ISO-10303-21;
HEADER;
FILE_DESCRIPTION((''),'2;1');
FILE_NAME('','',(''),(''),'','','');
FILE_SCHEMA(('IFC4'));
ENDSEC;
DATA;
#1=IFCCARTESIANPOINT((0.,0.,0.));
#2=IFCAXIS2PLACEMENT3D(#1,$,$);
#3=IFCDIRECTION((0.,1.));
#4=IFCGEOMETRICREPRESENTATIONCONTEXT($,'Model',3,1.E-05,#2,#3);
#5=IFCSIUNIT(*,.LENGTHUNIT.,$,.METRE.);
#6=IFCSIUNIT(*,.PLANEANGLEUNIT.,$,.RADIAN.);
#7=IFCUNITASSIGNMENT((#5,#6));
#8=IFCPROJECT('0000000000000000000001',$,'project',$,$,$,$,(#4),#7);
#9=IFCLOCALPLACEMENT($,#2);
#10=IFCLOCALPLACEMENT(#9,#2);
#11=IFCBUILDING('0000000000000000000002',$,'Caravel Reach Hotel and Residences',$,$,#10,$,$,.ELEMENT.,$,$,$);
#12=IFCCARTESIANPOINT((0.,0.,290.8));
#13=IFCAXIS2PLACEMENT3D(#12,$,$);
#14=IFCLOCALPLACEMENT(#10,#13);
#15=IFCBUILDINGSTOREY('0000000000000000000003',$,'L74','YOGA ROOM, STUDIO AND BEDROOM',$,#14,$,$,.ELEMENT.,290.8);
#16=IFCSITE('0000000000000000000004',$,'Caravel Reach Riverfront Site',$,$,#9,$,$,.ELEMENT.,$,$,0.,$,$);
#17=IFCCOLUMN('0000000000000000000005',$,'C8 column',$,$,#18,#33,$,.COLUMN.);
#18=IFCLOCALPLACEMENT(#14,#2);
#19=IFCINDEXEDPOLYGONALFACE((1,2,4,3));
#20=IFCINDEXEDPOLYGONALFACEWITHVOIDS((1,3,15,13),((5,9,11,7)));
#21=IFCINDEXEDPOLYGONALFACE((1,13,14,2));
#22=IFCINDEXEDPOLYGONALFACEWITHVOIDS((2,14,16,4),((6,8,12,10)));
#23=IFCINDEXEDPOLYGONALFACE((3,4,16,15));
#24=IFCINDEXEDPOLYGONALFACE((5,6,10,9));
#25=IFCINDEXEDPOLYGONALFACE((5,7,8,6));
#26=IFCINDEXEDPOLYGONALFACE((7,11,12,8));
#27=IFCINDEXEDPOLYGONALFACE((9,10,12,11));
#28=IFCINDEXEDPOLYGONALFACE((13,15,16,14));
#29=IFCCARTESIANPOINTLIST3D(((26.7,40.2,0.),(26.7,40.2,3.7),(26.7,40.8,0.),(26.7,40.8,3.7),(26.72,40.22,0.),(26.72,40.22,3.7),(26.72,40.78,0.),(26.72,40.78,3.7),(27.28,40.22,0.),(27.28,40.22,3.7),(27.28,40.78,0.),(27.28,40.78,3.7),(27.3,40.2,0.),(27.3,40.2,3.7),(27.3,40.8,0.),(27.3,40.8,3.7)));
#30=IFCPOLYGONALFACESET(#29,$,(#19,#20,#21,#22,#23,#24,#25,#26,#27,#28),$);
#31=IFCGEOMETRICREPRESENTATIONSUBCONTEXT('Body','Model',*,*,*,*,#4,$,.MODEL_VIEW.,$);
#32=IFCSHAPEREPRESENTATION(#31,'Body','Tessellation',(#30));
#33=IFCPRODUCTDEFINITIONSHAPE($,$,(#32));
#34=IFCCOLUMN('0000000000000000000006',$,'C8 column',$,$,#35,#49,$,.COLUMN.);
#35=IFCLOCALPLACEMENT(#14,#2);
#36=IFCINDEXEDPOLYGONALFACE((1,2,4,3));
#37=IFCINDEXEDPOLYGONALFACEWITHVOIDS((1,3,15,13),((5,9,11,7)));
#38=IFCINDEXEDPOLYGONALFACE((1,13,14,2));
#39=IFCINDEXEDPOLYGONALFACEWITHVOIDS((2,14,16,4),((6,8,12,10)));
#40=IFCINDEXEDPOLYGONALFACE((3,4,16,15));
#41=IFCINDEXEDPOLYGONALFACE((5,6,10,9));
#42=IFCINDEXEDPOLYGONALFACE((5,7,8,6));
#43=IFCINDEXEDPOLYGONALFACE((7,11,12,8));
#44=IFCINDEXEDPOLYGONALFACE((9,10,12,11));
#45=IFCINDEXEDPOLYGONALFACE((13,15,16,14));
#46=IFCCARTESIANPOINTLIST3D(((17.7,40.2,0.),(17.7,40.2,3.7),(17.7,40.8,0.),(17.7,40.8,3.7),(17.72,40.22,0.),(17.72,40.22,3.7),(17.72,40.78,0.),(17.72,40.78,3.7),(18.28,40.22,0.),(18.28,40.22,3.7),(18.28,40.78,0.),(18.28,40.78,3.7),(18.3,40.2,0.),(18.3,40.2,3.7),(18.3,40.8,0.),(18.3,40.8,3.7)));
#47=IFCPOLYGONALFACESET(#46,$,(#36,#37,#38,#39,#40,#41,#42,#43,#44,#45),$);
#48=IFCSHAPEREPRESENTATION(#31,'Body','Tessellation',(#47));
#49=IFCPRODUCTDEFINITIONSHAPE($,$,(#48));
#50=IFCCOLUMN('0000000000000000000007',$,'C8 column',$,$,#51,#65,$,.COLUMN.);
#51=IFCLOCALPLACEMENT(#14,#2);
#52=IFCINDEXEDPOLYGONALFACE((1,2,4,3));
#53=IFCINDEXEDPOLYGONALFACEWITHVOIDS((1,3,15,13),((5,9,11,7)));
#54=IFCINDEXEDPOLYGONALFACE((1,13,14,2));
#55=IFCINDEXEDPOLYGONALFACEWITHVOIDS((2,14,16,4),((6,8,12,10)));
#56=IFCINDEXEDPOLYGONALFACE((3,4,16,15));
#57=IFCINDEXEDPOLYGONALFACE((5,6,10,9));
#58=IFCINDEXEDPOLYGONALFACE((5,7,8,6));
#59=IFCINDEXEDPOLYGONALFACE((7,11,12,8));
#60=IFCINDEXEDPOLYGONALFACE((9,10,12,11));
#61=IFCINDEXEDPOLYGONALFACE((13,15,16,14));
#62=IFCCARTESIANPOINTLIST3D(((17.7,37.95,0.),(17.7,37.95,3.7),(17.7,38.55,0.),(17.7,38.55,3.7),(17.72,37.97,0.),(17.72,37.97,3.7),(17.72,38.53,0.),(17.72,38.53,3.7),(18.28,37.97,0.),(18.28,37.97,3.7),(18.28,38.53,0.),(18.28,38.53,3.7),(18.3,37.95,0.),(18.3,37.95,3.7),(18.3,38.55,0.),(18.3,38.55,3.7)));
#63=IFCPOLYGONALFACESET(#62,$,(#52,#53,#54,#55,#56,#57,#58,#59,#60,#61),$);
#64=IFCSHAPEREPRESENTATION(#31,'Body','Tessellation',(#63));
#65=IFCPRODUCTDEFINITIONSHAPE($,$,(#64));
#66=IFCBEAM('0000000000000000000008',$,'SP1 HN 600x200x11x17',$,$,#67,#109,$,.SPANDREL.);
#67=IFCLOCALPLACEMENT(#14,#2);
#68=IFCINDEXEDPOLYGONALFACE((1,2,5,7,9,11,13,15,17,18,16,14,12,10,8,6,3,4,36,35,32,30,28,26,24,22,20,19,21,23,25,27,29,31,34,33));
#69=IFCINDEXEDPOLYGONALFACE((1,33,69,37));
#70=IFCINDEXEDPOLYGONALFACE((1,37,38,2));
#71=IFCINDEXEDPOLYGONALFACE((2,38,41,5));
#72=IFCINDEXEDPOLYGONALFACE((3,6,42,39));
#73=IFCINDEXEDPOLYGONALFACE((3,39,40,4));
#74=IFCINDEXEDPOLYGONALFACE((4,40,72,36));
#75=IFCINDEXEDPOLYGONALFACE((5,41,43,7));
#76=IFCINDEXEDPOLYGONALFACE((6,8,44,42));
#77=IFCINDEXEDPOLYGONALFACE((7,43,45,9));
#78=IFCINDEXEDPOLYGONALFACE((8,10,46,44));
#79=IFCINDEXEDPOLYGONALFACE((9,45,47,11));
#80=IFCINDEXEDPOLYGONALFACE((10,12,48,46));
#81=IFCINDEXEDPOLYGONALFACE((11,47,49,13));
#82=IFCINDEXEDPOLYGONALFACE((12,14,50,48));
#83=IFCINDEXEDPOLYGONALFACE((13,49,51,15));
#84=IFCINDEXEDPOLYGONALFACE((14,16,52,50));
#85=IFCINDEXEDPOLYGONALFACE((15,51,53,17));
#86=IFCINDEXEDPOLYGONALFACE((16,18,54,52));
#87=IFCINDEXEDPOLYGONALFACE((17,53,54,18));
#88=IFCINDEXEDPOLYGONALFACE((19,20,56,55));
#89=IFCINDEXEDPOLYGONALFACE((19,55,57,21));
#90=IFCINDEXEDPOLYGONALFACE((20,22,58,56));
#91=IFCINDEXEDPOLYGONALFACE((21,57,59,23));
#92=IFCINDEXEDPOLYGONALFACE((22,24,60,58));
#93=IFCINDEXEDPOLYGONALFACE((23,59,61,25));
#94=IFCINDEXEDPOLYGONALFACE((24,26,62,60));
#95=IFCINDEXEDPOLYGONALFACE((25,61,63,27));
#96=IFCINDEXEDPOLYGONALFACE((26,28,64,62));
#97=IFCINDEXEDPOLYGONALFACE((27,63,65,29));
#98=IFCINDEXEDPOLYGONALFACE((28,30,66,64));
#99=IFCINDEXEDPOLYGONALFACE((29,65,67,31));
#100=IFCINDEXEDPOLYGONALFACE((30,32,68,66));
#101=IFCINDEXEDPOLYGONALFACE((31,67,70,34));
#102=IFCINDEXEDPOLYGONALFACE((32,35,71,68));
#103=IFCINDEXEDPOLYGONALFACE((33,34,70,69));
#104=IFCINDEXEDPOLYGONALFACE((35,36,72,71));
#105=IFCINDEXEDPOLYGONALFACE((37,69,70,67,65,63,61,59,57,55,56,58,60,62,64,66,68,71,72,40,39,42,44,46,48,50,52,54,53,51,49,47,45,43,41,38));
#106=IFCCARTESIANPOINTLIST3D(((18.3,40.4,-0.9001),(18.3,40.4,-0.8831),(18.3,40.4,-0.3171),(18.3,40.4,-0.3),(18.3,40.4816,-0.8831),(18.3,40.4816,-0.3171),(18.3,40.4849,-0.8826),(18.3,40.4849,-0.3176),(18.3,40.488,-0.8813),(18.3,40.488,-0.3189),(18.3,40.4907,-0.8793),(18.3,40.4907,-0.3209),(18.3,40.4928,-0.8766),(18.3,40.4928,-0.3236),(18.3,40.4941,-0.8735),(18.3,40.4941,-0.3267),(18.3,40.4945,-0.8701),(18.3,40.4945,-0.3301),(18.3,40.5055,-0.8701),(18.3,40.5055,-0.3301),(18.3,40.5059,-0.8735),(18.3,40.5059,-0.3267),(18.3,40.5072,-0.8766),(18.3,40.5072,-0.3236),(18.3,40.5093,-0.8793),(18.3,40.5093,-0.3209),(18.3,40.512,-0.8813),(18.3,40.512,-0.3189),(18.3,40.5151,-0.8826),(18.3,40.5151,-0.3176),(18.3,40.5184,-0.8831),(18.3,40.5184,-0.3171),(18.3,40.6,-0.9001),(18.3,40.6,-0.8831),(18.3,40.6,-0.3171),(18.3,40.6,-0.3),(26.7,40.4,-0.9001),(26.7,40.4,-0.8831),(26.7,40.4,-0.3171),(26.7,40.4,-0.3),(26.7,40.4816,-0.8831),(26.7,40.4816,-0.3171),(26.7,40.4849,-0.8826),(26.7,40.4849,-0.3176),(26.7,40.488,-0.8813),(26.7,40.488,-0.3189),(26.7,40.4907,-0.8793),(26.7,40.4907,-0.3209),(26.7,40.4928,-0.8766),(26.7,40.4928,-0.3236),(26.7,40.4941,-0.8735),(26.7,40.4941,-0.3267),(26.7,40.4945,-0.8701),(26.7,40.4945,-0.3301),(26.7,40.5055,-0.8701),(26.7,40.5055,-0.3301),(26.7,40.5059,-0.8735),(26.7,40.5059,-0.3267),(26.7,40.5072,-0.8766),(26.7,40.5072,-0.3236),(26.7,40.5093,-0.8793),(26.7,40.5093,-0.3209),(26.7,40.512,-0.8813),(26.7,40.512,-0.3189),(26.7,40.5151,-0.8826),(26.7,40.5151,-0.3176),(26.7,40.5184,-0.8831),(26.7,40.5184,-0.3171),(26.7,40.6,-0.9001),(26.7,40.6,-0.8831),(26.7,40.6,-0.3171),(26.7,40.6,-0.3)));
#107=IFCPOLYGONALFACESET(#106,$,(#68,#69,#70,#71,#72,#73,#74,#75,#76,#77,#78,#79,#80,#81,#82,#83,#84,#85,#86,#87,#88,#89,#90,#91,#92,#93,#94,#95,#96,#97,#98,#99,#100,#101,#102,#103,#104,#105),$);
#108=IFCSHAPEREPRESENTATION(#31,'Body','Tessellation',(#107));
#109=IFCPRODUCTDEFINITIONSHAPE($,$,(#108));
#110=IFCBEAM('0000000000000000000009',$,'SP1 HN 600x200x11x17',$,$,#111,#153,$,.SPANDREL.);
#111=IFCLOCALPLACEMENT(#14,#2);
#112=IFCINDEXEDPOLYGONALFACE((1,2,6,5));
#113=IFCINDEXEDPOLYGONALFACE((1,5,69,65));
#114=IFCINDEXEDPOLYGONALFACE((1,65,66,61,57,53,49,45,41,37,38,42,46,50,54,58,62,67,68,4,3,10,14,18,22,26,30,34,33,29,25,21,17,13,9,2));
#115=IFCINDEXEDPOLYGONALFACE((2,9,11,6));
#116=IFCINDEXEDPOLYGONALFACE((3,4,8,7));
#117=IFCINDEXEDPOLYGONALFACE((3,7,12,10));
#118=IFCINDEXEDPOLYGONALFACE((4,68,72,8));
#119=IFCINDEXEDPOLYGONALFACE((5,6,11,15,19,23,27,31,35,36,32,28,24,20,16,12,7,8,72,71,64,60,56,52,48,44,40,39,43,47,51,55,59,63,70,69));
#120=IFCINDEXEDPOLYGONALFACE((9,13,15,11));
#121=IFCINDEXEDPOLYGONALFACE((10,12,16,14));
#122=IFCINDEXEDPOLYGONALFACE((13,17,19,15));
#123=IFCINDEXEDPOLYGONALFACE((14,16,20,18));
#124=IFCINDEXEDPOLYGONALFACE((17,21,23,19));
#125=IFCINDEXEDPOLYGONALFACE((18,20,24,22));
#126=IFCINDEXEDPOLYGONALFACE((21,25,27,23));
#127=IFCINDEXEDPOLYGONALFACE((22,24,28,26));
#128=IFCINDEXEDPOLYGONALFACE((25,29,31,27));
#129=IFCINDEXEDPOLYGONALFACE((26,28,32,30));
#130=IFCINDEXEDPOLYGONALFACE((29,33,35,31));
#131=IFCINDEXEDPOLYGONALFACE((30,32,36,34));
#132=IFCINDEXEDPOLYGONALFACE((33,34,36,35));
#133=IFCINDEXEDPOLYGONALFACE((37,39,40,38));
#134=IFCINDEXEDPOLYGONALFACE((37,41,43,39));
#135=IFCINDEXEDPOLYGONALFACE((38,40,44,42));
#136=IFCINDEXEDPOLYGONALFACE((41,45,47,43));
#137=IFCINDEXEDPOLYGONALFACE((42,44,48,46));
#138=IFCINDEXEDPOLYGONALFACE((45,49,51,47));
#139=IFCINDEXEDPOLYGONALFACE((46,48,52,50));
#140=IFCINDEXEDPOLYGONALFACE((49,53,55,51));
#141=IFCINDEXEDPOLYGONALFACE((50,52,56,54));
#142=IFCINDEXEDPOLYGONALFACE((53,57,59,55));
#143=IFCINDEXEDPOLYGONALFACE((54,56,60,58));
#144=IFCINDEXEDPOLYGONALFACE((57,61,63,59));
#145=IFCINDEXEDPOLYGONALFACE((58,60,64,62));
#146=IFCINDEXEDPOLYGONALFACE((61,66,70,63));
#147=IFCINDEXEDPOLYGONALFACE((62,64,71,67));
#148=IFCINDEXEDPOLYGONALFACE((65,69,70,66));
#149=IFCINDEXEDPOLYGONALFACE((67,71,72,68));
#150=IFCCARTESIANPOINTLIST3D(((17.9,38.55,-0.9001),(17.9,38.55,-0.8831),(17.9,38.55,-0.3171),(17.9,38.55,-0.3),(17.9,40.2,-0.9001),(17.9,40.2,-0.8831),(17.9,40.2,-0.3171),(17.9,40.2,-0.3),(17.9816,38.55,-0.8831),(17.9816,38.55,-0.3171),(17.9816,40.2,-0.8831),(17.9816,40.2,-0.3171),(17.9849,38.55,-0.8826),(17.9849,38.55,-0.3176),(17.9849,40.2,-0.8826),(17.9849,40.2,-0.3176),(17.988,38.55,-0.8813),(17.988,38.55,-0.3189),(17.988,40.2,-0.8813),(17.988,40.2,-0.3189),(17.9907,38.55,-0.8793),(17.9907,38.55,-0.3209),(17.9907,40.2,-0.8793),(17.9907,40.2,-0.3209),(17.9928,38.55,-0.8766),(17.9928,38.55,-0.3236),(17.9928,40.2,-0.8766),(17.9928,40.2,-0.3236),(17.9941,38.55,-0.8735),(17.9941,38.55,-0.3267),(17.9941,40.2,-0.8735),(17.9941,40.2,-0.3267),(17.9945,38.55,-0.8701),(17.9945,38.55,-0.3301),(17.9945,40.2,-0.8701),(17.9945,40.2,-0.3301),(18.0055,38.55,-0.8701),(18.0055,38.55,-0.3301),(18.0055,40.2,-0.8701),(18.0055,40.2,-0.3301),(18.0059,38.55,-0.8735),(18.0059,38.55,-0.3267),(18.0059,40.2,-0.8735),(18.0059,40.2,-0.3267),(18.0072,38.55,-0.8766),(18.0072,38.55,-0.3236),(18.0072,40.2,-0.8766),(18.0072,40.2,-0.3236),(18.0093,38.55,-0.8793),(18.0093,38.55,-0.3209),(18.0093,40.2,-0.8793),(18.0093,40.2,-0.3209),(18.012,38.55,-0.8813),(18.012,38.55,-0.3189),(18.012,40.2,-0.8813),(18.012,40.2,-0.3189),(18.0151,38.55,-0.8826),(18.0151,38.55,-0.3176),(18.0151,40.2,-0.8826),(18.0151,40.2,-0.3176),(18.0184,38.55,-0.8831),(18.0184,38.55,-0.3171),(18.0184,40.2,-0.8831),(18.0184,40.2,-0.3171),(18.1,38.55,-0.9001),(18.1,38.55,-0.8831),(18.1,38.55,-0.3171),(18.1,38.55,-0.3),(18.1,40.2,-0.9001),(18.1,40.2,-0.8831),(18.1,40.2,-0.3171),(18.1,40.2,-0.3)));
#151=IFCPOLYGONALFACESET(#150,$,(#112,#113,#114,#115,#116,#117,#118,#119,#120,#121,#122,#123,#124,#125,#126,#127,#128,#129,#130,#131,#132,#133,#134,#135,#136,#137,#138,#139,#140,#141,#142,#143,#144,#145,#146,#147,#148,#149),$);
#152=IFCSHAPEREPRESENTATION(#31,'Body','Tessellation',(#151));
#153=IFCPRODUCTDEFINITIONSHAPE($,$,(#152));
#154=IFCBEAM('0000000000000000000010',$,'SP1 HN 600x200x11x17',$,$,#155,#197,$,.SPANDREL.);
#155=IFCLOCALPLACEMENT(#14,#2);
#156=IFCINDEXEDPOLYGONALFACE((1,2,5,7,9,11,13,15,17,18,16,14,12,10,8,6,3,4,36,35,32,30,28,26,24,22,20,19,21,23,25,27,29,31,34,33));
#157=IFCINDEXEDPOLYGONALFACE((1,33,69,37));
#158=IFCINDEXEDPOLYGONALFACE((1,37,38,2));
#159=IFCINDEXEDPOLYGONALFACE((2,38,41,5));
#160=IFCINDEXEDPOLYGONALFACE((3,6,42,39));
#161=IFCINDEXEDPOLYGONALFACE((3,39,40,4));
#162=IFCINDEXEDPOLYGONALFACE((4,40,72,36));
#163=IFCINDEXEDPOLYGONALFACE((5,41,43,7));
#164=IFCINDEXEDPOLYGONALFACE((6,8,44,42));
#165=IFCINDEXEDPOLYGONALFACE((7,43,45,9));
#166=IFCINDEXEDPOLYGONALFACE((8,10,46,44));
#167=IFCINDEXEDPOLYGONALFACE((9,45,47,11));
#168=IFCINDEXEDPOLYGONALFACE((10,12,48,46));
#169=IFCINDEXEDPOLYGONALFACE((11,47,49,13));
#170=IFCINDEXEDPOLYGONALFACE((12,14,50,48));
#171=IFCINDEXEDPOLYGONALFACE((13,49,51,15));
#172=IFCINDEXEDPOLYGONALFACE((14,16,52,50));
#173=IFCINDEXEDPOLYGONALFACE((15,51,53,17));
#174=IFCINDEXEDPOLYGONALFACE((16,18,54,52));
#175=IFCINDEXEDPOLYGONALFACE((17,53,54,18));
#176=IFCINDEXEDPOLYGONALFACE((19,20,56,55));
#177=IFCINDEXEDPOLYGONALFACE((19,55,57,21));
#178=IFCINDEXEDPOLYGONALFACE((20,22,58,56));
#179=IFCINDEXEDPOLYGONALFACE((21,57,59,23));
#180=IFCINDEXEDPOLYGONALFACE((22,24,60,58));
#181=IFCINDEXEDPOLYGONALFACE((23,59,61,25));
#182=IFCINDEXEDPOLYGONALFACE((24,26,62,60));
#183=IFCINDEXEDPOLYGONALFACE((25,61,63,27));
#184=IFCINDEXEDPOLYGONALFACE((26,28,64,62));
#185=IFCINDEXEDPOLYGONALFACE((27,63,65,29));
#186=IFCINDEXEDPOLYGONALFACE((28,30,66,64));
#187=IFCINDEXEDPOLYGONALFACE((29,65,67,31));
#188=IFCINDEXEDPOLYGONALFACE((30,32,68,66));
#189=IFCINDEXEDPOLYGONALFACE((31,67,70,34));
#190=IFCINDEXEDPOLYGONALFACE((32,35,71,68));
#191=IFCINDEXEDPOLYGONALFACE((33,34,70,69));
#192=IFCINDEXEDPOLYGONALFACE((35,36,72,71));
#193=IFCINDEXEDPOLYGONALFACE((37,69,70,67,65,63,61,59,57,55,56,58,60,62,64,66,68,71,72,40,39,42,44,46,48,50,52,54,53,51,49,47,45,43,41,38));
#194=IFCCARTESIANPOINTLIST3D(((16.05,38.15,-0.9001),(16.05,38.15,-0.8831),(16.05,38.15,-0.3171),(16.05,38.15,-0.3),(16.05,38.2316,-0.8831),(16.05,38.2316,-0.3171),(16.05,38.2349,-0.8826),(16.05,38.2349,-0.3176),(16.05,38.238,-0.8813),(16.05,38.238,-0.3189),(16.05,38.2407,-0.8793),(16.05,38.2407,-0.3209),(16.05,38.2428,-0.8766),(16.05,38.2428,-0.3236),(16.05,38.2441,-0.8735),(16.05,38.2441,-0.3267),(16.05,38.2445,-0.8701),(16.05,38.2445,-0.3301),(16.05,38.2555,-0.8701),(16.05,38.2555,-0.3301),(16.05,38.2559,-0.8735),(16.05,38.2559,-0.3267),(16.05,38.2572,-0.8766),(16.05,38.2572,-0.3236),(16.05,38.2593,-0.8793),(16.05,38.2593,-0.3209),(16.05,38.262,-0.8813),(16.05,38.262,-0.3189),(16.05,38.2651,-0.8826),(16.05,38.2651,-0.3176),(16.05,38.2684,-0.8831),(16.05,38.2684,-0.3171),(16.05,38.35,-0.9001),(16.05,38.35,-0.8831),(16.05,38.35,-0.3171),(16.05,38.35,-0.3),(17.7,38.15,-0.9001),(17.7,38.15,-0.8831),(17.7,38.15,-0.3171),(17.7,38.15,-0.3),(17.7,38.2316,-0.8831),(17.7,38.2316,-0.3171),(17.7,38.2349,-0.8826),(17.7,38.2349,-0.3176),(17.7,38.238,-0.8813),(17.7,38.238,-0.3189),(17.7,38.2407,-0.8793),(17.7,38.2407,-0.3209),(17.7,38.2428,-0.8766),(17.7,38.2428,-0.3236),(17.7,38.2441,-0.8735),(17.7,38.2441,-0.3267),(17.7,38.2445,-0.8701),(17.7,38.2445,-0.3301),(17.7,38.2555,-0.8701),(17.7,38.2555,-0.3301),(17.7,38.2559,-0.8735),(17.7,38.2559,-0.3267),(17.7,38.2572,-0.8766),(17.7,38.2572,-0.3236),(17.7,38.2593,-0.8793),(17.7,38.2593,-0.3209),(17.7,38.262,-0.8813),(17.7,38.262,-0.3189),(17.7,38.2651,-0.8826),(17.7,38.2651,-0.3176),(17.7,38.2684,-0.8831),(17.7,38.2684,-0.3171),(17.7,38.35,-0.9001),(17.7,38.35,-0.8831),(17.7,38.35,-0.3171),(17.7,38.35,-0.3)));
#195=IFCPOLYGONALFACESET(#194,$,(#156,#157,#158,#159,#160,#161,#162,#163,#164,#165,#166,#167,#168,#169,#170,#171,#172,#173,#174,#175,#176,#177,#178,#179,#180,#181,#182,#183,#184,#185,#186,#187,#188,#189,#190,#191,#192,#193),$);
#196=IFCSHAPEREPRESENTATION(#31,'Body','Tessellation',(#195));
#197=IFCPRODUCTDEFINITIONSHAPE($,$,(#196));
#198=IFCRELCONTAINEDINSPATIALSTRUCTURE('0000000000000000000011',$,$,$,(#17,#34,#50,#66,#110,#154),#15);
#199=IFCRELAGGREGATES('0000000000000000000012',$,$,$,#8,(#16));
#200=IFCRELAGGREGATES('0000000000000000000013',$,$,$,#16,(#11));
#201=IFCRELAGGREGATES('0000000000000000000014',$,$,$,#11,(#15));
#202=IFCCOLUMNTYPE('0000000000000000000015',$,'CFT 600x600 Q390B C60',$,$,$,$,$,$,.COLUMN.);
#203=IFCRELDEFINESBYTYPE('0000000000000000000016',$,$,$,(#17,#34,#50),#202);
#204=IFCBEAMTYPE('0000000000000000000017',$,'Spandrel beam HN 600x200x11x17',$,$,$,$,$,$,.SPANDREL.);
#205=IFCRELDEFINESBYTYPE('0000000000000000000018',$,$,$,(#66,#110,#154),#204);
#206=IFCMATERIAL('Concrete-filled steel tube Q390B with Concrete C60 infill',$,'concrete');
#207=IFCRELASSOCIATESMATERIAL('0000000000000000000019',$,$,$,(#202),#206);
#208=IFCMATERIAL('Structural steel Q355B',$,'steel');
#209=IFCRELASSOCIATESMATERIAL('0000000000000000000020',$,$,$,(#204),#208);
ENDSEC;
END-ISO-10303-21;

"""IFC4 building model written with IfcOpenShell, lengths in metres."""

from ifc_helpers import new_model, si_unit, direction, frame, origin, origin_2d, place, context, subcontext, project, spatial, hollow_rectangle, i_section, extrude, material, material_profile, profile_set, type_object, element, save


model = new_model("IFC4")

# Units and contexts
model_context = context("Model", 3, precision=1e-05, world=origin(), true_north=direction((0.0, 1.0)))
body_context = subcontext(model_context, "Body", "Model", "MODEL_VIEW")
ifc_project = project(units=[si_unit("LENGTHUNIT", "METRE"), si_unit("PLANEANGLEUNIT", "RADIAN")], contexts=[model_context])

# Site, building, storey
site_placement = place(None, origin())
site = spatial("IfcSite", under=ifc_project, at=site_placement, Name="Caravel Reach Riverfront Site", CompositionType="ELEMENT", RefElevation=0.0)
building_placement = place(site_placement, origin())
building = spatial("IfcBuilding", under=site, at=building_placement, Name="Caravel Reach Hotel and Residences", CompositionType="ELEMENT")
storey_placement = place(building_placement, frame((0.0, 0.0, 290.8)))
storey = spatial("IfcBuildingStorey", under=building, at=storey_placement, Name="L74", Description="YOGA ROOM, STUDIO AND BEDROOM", CompositionType="ELEMENT", Elevation=290.8)

# Columns
ifc_material_1 = material(Name="Concrete-filled steel tube Q390B with Concrete C60 infill", Category="concrete")
ifc_material_profile_1 = material_profile(ifc_material_1, hollow_rectangle(XDim=0.6001, YDim=0.6001, WallThickness=0.02, at=origin_2d()), Name="RHS 600x600x20")
ifc_profile_set_1 = profile_set([ifc_material_profile_1], Name="Concrete-filled steel tube Q390B with Concrete C60 infill")
column_type = type_object("IfcColumnType", Name="CFT 600x600 Q390B C60", PredefinedType="COLUMN", material=ifc_profile_set_1)
for number, where, z_axis, x_axis, name in (
    (1, (27.0, 40.5, 0.0), (0.0, 0.0, 1.0), (1.0, 0.0, 0.0), "C8 column"),
    (2, (18.0, 40.5, 0.0), (0.0, 0.0, 1.0), (1.0, 0.0, 0.0), "C8 column"),
    (3, (18.0, 38.25, 0.0), (0.0, 0.0, 1.0), (1.0, 0.0, 0.0), "C8 column"),
):
    element("IfcColumn", number, at=place(storey_placement, frame(where, z_axis=z_axis, x_axis=x_axis)), inside=storey, type_object=column_type, Name=name, PredefinedType="COLUMN", context=body_context, shape_type="SweptSolid", body=[
        extrude(hollow_rectangle(XDim=0.6001, YDim=0.6001, WallThickness=0.02, at=origin_2d()), origin(), (0.0, 0.0, 1.0), 3.7),
    ])

# Beams
ifc_material_2 = material(Name="Structural steel Q355B", Category="steel")
ifc_material_profile_2 = material_profile(ifc_material_2, i_section(OverallWidth=0.2, OverallDepth=0.6001, WebThickness=0.011, FlangeThickness=0.0171, FilletRadius=0.0129, at=origin_2d()), Name="HN 600x200x11x17")
ifc_profile_set_2 = profile_set([ifc_material_profile_2], Name="Structural steel Q355B")
beam_type = type_object("IfcBeamType", Name="Spandrel beam HN 600x200x11x17", PredefinedType="SPANDREL", material=ifc_profile_set_2)
beam_placement = place(storey_placement, frame((26.7, 40.5, -0.6001), z_axis=(-1.0, 0.0, 0.0), x_axis=(0.0, -1.0, 0.0)))
element("IfcBeam", 4, at=beam_placement, inside=storey, type_object=beam_type, Name="SP1 HN 600x200x11x17", PredefinedType="SPANDREL", context=body_context, shape_type="SweptSolid", body=[
    extrude(i_section(OverallWidth=0.2, OverallDepth=0.6001, WebThickness=0.011, FlangeThickness=0.0171, FilletRadius=0.0129, at=origin_2d()), origin(), (0.0, 0.0, 1.0), 8.3999),
])
for number, where, z_axis, x_axis, name in (
    (5, (18.0, 40.2, -0.6001), (0.0, -1.0, 0.0), (1.0, 0.0, 0.0), "SP1 HN 600x200x11x17"),
    (6, (17.7, 38.25, -0.6001), (-1.0, 0.0, 0.0), (0.0, -1.0, 0.0), "SP1 HN 600x200x11x17"),
):
    element("IfcBeam", number, at=place(storey_placement, frame(where, z_axis=z_axis, x_axis=x_axis)), inside=storey, type_object=beam_type, Name=name, PredefinedType="SPANDREL", context=body_context, shape_type="SweptSolid", body=[
        extrude(i_section(OverallWidth=0.2, OverallDepth=0.6001, WebThickness=0.011, FlangeThickness=0.0171, FilletRadius=0.0129, at=origin_2d()), origin(), (0.0, 0.0, 1.0), 1.6499),
    ])

save(model, "model.ifc")
